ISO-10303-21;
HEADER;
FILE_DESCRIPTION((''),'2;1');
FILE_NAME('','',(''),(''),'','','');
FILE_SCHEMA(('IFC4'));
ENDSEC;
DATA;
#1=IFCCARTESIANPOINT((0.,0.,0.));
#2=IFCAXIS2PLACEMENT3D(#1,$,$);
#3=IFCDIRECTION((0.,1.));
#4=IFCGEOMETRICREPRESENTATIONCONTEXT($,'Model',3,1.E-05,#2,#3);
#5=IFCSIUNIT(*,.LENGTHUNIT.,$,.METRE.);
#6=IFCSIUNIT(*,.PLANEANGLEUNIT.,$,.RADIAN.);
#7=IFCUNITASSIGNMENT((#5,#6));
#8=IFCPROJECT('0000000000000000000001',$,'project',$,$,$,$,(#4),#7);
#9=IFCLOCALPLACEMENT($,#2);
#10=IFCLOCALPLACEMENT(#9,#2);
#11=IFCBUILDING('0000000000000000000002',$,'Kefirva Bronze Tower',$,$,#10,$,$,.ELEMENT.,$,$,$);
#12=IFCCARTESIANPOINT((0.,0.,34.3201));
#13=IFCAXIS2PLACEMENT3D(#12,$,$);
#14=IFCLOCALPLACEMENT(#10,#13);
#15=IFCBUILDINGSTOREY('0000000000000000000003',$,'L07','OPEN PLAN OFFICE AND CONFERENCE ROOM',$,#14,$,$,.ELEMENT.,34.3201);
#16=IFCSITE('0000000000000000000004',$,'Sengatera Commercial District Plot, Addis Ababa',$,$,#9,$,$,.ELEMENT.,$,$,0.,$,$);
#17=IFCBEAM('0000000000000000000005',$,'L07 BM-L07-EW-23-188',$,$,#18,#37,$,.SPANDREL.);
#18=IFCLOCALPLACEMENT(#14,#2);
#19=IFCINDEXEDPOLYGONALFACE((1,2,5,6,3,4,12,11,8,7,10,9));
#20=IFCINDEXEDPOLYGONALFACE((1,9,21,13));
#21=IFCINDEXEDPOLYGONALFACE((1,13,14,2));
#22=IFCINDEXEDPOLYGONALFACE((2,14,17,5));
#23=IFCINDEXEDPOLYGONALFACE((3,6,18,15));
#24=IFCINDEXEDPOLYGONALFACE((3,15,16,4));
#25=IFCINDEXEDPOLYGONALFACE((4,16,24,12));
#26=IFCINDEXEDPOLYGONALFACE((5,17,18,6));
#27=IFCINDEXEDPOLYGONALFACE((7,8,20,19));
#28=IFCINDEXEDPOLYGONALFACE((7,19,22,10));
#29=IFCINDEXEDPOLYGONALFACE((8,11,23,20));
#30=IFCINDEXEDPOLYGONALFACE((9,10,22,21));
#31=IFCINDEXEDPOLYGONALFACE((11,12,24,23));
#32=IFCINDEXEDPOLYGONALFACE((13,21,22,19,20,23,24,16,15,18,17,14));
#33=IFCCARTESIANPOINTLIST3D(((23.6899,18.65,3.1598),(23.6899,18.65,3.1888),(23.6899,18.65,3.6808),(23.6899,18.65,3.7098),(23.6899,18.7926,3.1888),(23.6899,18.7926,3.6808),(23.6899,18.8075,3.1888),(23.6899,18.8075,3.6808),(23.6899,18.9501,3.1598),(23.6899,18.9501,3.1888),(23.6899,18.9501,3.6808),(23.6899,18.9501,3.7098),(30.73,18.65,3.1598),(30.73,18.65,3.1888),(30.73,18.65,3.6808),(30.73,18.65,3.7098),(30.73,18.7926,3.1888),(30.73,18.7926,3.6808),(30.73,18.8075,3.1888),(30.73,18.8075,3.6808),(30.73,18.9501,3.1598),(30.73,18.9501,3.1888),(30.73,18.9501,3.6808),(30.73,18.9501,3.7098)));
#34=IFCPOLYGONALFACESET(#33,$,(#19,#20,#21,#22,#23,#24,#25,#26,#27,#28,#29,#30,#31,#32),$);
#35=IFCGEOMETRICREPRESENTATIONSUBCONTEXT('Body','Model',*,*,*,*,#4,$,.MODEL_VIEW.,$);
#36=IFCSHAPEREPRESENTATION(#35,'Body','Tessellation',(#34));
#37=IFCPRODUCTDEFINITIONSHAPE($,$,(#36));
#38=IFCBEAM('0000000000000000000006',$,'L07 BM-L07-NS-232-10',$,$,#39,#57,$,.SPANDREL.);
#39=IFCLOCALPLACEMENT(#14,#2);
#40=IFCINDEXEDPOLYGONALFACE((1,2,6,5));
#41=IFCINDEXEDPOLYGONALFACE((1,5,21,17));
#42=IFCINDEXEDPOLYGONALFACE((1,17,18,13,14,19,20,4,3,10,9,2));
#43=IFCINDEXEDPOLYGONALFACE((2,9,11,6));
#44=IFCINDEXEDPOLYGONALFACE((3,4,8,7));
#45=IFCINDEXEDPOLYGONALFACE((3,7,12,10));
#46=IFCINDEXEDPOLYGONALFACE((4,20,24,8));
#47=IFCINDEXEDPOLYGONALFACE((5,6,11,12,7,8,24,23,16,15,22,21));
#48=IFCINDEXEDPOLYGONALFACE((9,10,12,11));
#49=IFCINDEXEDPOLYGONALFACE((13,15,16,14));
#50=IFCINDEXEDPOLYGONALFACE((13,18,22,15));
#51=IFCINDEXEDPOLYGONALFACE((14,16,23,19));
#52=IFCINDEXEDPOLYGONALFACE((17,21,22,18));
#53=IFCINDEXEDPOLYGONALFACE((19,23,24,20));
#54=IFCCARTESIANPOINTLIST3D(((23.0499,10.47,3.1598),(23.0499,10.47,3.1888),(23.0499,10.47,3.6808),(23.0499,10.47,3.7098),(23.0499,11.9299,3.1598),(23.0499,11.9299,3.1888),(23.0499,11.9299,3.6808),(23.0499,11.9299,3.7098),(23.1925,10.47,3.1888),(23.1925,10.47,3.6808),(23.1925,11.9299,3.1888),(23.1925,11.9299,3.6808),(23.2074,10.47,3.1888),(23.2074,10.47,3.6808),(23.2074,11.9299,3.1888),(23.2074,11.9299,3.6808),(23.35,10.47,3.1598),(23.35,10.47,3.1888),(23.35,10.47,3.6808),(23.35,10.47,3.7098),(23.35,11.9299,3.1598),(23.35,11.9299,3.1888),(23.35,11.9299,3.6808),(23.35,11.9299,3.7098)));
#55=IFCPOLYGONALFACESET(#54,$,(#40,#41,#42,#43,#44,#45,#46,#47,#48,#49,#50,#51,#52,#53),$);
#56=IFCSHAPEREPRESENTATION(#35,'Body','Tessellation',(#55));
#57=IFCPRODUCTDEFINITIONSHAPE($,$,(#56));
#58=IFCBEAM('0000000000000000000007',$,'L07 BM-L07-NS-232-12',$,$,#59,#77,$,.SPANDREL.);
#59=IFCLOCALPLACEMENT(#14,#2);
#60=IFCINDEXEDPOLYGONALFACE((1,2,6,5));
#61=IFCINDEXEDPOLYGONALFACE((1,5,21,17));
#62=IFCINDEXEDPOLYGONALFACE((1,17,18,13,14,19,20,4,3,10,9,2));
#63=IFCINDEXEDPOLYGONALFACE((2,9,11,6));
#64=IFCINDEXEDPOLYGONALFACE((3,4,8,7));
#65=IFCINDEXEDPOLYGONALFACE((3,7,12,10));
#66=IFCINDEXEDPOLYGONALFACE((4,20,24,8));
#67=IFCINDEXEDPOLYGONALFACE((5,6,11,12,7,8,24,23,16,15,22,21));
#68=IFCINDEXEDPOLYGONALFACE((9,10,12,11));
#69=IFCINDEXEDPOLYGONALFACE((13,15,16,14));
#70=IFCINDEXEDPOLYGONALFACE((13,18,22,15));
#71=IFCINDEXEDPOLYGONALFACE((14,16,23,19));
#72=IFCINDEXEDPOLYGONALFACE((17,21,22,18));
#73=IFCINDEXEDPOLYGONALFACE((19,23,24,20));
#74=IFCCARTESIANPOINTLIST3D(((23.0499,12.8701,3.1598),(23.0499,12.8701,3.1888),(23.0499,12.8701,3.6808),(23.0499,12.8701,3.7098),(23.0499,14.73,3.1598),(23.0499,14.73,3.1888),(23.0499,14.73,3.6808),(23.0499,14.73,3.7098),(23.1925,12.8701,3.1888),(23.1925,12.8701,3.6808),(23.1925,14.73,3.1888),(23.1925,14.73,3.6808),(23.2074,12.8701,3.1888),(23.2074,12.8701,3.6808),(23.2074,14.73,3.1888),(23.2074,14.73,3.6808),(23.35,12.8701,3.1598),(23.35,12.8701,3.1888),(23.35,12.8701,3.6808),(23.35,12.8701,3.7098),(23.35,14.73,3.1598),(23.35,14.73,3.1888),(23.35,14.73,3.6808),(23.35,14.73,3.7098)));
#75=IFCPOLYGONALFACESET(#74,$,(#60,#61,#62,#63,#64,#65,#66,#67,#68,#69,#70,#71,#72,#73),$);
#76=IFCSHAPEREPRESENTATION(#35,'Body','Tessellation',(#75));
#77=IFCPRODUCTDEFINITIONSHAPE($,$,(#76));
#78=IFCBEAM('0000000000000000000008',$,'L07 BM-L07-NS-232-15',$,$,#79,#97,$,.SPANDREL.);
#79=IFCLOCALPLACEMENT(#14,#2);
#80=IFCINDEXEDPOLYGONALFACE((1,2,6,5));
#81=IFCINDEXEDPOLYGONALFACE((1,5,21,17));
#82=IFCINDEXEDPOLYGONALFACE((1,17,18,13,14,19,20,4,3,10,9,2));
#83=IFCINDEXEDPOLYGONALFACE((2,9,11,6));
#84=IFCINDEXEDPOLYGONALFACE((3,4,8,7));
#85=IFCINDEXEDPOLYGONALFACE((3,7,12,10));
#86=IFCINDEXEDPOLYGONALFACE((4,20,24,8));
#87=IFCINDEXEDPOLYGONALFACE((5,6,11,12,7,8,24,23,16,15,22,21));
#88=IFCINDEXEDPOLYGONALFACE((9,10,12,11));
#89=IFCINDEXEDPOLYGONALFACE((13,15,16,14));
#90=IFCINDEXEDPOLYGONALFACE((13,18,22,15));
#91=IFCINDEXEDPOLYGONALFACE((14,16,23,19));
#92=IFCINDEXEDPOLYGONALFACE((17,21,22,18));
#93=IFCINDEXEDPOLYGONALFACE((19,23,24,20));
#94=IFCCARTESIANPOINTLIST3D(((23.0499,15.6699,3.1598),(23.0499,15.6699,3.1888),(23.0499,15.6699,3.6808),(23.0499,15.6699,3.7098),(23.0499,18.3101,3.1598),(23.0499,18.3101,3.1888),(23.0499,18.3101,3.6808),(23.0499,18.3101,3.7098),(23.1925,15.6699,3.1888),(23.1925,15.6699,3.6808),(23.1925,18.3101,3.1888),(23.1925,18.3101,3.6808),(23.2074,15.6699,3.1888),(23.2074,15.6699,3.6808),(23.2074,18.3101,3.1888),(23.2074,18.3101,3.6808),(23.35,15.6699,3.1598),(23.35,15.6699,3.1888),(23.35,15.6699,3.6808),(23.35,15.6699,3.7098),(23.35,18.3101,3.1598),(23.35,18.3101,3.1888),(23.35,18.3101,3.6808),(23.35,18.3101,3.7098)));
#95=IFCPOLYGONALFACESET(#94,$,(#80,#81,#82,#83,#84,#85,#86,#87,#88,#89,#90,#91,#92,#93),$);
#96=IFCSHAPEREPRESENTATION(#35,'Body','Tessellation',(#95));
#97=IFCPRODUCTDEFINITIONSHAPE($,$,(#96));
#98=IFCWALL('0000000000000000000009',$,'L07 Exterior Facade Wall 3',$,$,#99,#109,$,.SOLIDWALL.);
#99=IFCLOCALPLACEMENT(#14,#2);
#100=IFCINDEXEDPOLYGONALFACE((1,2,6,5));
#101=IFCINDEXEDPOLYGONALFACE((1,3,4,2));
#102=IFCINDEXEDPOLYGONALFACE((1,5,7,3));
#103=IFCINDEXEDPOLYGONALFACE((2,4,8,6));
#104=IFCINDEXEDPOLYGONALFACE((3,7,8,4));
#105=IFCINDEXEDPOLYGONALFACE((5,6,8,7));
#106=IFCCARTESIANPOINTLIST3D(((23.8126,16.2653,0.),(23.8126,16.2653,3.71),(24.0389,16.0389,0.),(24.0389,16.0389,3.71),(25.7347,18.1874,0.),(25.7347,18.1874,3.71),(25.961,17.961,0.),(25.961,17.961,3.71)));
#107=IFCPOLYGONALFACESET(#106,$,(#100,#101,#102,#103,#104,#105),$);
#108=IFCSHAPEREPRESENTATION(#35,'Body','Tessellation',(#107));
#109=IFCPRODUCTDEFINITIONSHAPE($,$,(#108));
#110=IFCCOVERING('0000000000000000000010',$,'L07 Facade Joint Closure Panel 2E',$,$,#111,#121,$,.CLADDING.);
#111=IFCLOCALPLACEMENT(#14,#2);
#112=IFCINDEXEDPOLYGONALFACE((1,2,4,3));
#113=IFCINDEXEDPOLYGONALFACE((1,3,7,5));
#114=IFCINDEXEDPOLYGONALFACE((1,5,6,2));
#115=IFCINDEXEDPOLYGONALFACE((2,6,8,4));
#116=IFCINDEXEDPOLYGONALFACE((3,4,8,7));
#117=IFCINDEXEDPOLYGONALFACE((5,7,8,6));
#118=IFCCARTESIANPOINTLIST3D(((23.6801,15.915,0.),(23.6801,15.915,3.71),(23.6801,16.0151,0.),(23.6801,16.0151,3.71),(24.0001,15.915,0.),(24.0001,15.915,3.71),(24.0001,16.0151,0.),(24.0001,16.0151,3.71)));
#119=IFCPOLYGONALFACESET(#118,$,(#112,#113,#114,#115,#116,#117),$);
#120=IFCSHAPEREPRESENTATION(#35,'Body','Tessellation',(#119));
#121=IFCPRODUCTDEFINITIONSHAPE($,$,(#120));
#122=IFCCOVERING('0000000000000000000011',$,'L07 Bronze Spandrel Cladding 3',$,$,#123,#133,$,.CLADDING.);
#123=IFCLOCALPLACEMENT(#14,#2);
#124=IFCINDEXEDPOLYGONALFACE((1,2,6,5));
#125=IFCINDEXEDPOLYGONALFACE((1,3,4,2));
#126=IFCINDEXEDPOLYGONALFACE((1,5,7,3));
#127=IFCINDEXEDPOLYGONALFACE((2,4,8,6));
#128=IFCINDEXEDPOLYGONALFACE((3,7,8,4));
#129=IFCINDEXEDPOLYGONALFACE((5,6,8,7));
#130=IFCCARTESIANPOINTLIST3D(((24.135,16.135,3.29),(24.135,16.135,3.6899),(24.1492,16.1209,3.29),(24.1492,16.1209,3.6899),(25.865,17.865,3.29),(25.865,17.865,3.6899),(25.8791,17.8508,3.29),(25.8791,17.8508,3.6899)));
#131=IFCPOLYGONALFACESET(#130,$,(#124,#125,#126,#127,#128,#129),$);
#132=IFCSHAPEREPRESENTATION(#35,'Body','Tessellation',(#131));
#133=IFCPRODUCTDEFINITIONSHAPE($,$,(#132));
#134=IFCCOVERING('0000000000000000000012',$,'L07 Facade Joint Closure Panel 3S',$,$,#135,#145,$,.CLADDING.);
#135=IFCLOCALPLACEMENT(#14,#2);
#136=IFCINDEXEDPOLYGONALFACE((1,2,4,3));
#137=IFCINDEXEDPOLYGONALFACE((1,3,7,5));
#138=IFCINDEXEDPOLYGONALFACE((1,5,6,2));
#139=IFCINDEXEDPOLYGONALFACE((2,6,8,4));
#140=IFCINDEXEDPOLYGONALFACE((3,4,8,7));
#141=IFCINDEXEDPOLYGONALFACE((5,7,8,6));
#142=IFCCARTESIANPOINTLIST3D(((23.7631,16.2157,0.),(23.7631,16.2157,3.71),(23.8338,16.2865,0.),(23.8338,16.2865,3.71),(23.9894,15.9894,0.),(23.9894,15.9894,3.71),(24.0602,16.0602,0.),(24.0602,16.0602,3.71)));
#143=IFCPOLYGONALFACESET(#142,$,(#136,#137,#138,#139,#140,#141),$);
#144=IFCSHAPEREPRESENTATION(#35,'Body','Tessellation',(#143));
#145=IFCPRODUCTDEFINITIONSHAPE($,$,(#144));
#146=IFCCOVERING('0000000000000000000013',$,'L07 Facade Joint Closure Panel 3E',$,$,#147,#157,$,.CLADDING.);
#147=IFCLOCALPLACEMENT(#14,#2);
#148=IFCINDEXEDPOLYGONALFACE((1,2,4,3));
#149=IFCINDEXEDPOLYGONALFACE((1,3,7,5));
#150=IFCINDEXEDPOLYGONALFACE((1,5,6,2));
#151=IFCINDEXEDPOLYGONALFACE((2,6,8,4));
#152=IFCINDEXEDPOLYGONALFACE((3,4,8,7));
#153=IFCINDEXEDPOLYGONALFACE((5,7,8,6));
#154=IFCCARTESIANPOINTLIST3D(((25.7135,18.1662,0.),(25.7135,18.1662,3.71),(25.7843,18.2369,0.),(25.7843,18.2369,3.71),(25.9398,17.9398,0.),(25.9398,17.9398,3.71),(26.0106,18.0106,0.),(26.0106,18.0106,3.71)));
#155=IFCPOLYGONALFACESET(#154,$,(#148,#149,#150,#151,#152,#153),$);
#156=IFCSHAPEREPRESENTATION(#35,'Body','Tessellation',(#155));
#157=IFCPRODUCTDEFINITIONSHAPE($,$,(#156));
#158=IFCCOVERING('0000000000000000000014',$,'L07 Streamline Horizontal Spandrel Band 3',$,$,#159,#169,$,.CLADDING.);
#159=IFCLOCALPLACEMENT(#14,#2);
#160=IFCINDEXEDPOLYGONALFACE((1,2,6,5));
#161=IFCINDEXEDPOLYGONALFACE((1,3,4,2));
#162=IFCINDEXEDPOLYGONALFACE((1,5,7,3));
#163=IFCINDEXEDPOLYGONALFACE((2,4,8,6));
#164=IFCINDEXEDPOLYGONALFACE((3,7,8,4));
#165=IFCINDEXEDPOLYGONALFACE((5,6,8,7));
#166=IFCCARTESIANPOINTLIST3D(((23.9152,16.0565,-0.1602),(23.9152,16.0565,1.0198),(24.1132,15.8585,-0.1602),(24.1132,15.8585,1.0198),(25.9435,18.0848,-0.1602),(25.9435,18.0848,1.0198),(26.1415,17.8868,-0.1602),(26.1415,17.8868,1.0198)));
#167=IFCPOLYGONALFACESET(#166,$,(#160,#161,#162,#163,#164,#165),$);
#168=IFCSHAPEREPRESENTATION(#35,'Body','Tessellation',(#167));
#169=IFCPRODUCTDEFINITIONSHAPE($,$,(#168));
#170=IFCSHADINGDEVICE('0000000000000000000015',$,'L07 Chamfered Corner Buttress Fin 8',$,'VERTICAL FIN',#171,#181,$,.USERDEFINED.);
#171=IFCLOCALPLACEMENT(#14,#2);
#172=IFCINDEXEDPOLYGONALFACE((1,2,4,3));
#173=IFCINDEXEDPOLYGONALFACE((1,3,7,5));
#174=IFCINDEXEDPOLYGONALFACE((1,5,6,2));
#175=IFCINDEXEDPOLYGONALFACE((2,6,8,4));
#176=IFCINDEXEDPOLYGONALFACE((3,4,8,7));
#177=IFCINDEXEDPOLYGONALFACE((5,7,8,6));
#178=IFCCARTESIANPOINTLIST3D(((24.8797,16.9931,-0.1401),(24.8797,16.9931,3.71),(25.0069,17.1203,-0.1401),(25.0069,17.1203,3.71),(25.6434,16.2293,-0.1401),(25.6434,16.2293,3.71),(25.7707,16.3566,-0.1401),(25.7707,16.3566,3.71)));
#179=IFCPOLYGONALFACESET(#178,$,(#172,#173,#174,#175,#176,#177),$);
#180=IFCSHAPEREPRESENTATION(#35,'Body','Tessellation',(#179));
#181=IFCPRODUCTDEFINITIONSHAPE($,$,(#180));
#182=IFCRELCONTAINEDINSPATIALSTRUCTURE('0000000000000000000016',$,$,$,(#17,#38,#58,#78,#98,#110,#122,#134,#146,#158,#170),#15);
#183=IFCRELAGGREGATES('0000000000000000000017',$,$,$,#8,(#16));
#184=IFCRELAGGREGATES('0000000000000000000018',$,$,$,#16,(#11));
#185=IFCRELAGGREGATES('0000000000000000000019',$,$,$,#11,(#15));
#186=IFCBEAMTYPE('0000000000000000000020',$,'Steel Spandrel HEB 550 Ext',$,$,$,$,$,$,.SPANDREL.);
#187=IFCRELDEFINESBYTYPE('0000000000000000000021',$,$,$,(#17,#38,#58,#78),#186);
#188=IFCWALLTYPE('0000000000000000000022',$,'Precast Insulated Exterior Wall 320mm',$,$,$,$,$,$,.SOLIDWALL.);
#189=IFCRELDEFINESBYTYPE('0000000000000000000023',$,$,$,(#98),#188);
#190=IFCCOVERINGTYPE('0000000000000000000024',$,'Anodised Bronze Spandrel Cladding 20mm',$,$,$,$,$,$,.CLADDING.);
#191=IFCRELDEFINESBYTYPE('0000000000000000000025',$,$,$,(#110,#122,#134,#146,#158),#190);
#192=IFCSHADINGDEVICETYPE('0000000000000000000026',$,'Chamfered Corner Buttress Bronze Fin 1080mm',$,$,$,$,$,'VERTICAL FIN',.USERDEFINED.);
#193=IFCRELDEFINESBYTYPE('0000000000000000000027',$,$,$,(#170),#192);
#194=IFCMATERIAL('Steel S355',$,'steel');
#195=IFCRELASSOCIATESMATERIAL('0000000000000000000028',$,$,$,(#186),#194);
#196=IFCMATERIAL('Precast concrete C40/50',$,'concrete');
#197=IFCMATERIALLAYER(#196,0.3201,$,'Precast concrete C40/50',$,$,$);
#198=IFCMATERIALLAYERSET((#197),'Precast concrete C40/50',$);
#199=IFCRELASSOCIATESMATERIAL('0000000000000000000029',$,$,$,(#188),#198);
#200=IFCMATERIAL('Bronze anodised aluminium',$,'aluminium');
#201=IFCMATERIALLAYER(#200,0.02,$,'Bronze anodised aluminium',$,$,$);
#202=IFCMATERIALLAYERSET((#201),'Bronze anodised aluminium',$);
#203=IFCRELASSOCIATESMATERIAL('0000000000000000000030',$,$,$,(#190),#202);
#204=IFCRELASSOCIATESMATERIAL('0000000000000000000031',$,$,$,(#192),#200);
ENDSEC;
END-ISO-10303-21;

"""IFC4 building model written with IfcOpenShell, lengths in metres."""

from ifc_helpers import new_model, si_unit, direction, frame, frame_2d, origin, origin_2d, place, context, subcontext, project, spatial, rectangle, i_section, extrude, material, layer, layer_set, material_profile, profile_set, type_object, element, save


model = new_model("IFC4")

# Units and contexts
model_context = context("Model", 3, precision=1e-05, world=origin(), true_north=direction((0.0, 1.0)))
body_context = subcontext(model_context, "Body", "Model", "MODEL_VIEW")
ifc_project = project(units=[si_unit("LENGTHUNIT", "METRE"), si_unit("PLANEANGLEUNIT", "RADIAN")], contexts=[model_context])

# Site, building, storey
site_placement = place(None, origin())
site = spatial("IfcSite", under=ifc_project, at=site_placement, Name="Sengatera Commercial District Plot, Addis Ababa", CompositionType="ELEMENT", RefElevation=0.0)
building_placement = place(site_placement, origin())
building = spatial("IfcBuilding", under=site, at=building_placement, Name="Kefirva Bronze Tower", CompositionType="ELEMENT")
storey_placement = place(building_placement, frame((0.0, 0.0, 34.3201)))
storey = spatial("IfcBuildingStorey", under=building, at=storey_placement, Name="L07", Description="OPEN PLAN OFFICE AND CONFERENCE ROOM", CompositionType="ELEMENT", Elevation=34.3201)

# Shared definitions
ifc_material_1 = material(Name="Bronze anodised aluminium", Category="aluminium")

# Beams
ifc_material_2 = material(Name="Steel S355", Category="steel")
ifc_material_profile_1 = material_profile(ifc_material_2, i_section(OverallWidth=0.3, OverallDepth=0.55, WebThickness=0.0149, FlangeThickness=0.0291, at=origin_2d()), Name="HEB 550")
ifc_profile_set_1 = profile_set([ifc_material_profile_1], Name="Steel S355")
beam_type_1 = type_object("IfcBeamType", Name="Steel Spandrel HEB 550 Ext", PredefinedType="SPANDREL", material=ifc_profile_set_1)
beam_1_placement = place(storey_placement, frame((23.6899, 18.8, 3.4348), z_axis=(1.0, 0.0, 0.0), x_axis=(0.0, 1.0, 0.0)))
element("IfcBeam", 1, at=beam_1_placement, inside=storey, type_object=beam_type_1, Name="L07 BM-L07-EW-23-188", PredefinedType="SPANDREL", context=body_context, shape_type="SweptSolid", body=[
    extrude(i_section(OverallWidth=0.3, OverallDepth=0.55, WebThickness=0.0149, FlangeThickness=0.0291, at=origin_2d()), origin(), (0.0, 0.0, 1.0), 7.04),
])
beam_2_placement = place(storey_placement, frame((23.2, 10.47, 3.4348), z_axis=(0.0, 1.0, 0.0), x_axis=(-1.0, 0.0, 0.0)))
element("IfcBeam", 2, at=beam_2_placement, inside=storey, type_object=beam_type_1, Name="L07 BM-L07-NS-232-10", PredefinedType="SPANDREL", context=body_context, shape_type="SweptSolid", body=[
    extrude(i_section(OverallWidth=0.3, OverallDepth=0.55, WebThickness=0.0149, FlangeThickness=0.0291, at=origin_2d()), origin(), (0.0, 0.0, 1.0), 1.46),
])
beam_3_placement = place(storey_placement, frame((23.2, 12.8701, 3.4348), z_axis=(0.0, 1.0, 0.0), x_axis=(-1.0, 0.0, 0.0)))
element("IfcBeam", 3, at=beam_3_placement, inside=storey, type_object=beam_type_1, Name="L07 BM-L07-NS-232-12", PredefinedType="SPANDREL", context=body_context, shape_type="SweptSolid", body=[
    extrude(i_section(OverallWidth=0.3, OverallDepth=0.55, WebThickness=0.0149, FlangeThickness=0.0291, at=origin_2d()), origin(), (0.0, 0.0, 1.0), 1.8599),
])
beam_4_placement = place(storey_placement, frame((23.2, 15.6699, 3.4348), z_axis=(0.0, 1.0, 0.0), x_axis=(-1.0, 0.0, 0.0)))
element("IfcBeam", 4, at=beam_4_placement, inside=storey, type_object=beam_type_1, Name="L07 BM-L07-NS-232-15", PredefinedType="SPANDREL", context=body_context, shape_type="SweptSolid", body=[
    extrude(i_section(OverallWidth=0.3, OverallDepth=0.55, WebThickness=0.0149, FlangeThickness=0.0291, at=origin_2d()), origin(), (0.0, 0.0, 1.0), 2.6401),
])

# Wall
ifc_material_3 = material(Name="Precast concrete C40/50", Category="concrete")
ifc_layer_1 = layer(ifc_material_3, 0.3201, Name="Precast concrete C40/50")
ifc_layer_set_1 = layer_set([ifc_layer_1], Name="Precast concrete C40/50")
wall_type = type_object("IfcWallType", Name="Precast Insulated Exterior Wall 320mm", PredefinedType="SOLIDWALL", material=ifc_layer_set_1)
wall_placement = place(storey_placement, frame((23.9258, 16.1521, 0.0), z_axis=(0.0, 0.0, 1.0), x_axis=(0.707107, 0.707107, 0.0)))
element("IfcWall", 5, at=wall_placement, inside=storey, type_object=wall_type, Name="L07 Exterior Facade Wall 3", PredefinedType="SOLIDWALL", context=body_context, shape_type="SweptSolid", body=[
    extrude(rectangle(XDim=2.7183, YDim=0.3201, at=frame_2d((1.3591, 0.0))), origin(), (0.0, 0.0, 1.0), 3.71),
])

# Coverings
ifc_layer_2 = layer(ifc_material_1, 0.02, Name="Bronze anodised aluminium")
ifc_layer_set_2 = layer_set([ifc_layer_2], Name="Bronze anodised aluminium")
covering_type_1 = type_object("IfcCoveringType", Name="Anodised Bronze Spandrel Cladding 20mm", PredefinedType="CLADDING", material=ifc_layer_set_2)
covering_1_placement = place(storey_placement, frame((23.8401, 15.9651, 0.0), z_axis=(0.0, 0.0, 1.0), x_axis=(0.0, 1.0, 0.0)))
element("IfcCovering", 6, at=covering_1_placement, inside=storey, type_object=covering_type_1, Name="L07 Facade Joint Closure Panel 2E", PredefinedType="CLADDING", context=body_context, shape_type="SweptSolid", body=[
    extrude(rectangle(XDim=0.1001, YDim=0.3201, at=origin_2d()), origin(), (0.0, 0.0, 1.0), 3.71),
])
covering_2_placement = place(storey_placement, frame((25.0071, 16.9929, 3.29), z_axis=(0.0, 0.0, 1.0), x_axis=(0.707107, 0.707107, 0.0)))
element("IfcCovering", 7, at=covering_2_placement, inside=storey, type_object=covering_type_1, Name="L07 Bronze Spandrel Cladding 3", PredefinedType="CLADDING", context=body_context, shape_type="SweptSolid", body=[
    extrude(rectangle(XDim=2.4465, YDim=0.02, at=origin_2d()), origin(), (0.0, 0.0, 1.0), 0.3999),
])
for number, where, z_axis, x_axis, name in (
    (8, (23.9116, 16.1379, 0.0), (0.0, 0.0, 1.0), (0.707107, 0.707107, 0.0), "L07 Facade Joint Closure Panel 3S"),
    (9, (25.8621, 18.0884, 0.0), (0.0, 0.0, 1.0), (0.707107, 0.707107, 0.0), "L07 Facade Joint Closure Panel 3E"),
):
    element("IfcCovering", number, at=place(storey_placement, frame(where, z_axis=z_axis, x_axis=x_axis)), inside=storey, type_object=covering_type_1, Name=name, PredefinedType="CLADDING", context=body_context, shape_type="SweptSolid", body=[
        extrude(rectangle(XDim=0.1001, YDim=0.3201, at=origin_2d()), origin(), (0.0, 0.0, 1.0), 3.71),
    ])
covering_3_placement = place(storey_placement, frame((25.0283, 16.9717, -0.1602), z_axis=(0.0, 0.0, 1.0), x_axis=(0.707107, 0.707107, 0.0)))
element("IfcCovering", 10, at=covering_3_placement, inside=storey, type_object=covering_type_1, Name="L07 Streamline Horizontal Spandrel Band 3", PredefinedType="CLADDING", context=body_context, shape_type="SweptSolid", body=[
    extrude(rectangle(XDim=2.8684, YDim=0.28, at=origin_2d()), origin(), (0.0, 0.0, 1.0), 1.1799),
])

# Shading device
ifc_material_profile_2 = material_profile(ifc_material_1, rectangle(XDim=0.1799, YDim=1.0801, at=origin_2d()), Name="BRONZE BUTTRESS FIN 180x1080")
ifc_profile_set_2 = profile_set([ifc_material_profile_2], Name="Bronze anodised aluminium")
shading_device_type = type_object("IfcShadingDeviceType", Name="Chamfered Corner Buttress Bronze Fin 1080mm", ElementType="VERTICAL FIN", PredefinedType="USERDEFINED", material=ifc_profile_set_2)
shading_device_placement = place(storey_placement, frame((25.3252, 16.6748, -0.1401), z_axis=(0.0, 0.0, 1.0), x_axis=(0.707107, 0.707107, 0.0)))
element("IfcShadingDevice", 11, at=shading_device_placement, inside=storey, type_object=shading_device_type, Name="L07 Chamfered Corner Buttress Fin 8", ObjectType="VERTICAL FIN", PredefinedType="USERDEFINED", context=body_context, shape_type="SweptSolid", body=[
    extrude(rectangle(XDim=0.1799, YDim=1.0801, at=origin_2d()), origin(), (0.0, 0.0, 1.0), 3.8501),
])

save(model, "model.ifc")
